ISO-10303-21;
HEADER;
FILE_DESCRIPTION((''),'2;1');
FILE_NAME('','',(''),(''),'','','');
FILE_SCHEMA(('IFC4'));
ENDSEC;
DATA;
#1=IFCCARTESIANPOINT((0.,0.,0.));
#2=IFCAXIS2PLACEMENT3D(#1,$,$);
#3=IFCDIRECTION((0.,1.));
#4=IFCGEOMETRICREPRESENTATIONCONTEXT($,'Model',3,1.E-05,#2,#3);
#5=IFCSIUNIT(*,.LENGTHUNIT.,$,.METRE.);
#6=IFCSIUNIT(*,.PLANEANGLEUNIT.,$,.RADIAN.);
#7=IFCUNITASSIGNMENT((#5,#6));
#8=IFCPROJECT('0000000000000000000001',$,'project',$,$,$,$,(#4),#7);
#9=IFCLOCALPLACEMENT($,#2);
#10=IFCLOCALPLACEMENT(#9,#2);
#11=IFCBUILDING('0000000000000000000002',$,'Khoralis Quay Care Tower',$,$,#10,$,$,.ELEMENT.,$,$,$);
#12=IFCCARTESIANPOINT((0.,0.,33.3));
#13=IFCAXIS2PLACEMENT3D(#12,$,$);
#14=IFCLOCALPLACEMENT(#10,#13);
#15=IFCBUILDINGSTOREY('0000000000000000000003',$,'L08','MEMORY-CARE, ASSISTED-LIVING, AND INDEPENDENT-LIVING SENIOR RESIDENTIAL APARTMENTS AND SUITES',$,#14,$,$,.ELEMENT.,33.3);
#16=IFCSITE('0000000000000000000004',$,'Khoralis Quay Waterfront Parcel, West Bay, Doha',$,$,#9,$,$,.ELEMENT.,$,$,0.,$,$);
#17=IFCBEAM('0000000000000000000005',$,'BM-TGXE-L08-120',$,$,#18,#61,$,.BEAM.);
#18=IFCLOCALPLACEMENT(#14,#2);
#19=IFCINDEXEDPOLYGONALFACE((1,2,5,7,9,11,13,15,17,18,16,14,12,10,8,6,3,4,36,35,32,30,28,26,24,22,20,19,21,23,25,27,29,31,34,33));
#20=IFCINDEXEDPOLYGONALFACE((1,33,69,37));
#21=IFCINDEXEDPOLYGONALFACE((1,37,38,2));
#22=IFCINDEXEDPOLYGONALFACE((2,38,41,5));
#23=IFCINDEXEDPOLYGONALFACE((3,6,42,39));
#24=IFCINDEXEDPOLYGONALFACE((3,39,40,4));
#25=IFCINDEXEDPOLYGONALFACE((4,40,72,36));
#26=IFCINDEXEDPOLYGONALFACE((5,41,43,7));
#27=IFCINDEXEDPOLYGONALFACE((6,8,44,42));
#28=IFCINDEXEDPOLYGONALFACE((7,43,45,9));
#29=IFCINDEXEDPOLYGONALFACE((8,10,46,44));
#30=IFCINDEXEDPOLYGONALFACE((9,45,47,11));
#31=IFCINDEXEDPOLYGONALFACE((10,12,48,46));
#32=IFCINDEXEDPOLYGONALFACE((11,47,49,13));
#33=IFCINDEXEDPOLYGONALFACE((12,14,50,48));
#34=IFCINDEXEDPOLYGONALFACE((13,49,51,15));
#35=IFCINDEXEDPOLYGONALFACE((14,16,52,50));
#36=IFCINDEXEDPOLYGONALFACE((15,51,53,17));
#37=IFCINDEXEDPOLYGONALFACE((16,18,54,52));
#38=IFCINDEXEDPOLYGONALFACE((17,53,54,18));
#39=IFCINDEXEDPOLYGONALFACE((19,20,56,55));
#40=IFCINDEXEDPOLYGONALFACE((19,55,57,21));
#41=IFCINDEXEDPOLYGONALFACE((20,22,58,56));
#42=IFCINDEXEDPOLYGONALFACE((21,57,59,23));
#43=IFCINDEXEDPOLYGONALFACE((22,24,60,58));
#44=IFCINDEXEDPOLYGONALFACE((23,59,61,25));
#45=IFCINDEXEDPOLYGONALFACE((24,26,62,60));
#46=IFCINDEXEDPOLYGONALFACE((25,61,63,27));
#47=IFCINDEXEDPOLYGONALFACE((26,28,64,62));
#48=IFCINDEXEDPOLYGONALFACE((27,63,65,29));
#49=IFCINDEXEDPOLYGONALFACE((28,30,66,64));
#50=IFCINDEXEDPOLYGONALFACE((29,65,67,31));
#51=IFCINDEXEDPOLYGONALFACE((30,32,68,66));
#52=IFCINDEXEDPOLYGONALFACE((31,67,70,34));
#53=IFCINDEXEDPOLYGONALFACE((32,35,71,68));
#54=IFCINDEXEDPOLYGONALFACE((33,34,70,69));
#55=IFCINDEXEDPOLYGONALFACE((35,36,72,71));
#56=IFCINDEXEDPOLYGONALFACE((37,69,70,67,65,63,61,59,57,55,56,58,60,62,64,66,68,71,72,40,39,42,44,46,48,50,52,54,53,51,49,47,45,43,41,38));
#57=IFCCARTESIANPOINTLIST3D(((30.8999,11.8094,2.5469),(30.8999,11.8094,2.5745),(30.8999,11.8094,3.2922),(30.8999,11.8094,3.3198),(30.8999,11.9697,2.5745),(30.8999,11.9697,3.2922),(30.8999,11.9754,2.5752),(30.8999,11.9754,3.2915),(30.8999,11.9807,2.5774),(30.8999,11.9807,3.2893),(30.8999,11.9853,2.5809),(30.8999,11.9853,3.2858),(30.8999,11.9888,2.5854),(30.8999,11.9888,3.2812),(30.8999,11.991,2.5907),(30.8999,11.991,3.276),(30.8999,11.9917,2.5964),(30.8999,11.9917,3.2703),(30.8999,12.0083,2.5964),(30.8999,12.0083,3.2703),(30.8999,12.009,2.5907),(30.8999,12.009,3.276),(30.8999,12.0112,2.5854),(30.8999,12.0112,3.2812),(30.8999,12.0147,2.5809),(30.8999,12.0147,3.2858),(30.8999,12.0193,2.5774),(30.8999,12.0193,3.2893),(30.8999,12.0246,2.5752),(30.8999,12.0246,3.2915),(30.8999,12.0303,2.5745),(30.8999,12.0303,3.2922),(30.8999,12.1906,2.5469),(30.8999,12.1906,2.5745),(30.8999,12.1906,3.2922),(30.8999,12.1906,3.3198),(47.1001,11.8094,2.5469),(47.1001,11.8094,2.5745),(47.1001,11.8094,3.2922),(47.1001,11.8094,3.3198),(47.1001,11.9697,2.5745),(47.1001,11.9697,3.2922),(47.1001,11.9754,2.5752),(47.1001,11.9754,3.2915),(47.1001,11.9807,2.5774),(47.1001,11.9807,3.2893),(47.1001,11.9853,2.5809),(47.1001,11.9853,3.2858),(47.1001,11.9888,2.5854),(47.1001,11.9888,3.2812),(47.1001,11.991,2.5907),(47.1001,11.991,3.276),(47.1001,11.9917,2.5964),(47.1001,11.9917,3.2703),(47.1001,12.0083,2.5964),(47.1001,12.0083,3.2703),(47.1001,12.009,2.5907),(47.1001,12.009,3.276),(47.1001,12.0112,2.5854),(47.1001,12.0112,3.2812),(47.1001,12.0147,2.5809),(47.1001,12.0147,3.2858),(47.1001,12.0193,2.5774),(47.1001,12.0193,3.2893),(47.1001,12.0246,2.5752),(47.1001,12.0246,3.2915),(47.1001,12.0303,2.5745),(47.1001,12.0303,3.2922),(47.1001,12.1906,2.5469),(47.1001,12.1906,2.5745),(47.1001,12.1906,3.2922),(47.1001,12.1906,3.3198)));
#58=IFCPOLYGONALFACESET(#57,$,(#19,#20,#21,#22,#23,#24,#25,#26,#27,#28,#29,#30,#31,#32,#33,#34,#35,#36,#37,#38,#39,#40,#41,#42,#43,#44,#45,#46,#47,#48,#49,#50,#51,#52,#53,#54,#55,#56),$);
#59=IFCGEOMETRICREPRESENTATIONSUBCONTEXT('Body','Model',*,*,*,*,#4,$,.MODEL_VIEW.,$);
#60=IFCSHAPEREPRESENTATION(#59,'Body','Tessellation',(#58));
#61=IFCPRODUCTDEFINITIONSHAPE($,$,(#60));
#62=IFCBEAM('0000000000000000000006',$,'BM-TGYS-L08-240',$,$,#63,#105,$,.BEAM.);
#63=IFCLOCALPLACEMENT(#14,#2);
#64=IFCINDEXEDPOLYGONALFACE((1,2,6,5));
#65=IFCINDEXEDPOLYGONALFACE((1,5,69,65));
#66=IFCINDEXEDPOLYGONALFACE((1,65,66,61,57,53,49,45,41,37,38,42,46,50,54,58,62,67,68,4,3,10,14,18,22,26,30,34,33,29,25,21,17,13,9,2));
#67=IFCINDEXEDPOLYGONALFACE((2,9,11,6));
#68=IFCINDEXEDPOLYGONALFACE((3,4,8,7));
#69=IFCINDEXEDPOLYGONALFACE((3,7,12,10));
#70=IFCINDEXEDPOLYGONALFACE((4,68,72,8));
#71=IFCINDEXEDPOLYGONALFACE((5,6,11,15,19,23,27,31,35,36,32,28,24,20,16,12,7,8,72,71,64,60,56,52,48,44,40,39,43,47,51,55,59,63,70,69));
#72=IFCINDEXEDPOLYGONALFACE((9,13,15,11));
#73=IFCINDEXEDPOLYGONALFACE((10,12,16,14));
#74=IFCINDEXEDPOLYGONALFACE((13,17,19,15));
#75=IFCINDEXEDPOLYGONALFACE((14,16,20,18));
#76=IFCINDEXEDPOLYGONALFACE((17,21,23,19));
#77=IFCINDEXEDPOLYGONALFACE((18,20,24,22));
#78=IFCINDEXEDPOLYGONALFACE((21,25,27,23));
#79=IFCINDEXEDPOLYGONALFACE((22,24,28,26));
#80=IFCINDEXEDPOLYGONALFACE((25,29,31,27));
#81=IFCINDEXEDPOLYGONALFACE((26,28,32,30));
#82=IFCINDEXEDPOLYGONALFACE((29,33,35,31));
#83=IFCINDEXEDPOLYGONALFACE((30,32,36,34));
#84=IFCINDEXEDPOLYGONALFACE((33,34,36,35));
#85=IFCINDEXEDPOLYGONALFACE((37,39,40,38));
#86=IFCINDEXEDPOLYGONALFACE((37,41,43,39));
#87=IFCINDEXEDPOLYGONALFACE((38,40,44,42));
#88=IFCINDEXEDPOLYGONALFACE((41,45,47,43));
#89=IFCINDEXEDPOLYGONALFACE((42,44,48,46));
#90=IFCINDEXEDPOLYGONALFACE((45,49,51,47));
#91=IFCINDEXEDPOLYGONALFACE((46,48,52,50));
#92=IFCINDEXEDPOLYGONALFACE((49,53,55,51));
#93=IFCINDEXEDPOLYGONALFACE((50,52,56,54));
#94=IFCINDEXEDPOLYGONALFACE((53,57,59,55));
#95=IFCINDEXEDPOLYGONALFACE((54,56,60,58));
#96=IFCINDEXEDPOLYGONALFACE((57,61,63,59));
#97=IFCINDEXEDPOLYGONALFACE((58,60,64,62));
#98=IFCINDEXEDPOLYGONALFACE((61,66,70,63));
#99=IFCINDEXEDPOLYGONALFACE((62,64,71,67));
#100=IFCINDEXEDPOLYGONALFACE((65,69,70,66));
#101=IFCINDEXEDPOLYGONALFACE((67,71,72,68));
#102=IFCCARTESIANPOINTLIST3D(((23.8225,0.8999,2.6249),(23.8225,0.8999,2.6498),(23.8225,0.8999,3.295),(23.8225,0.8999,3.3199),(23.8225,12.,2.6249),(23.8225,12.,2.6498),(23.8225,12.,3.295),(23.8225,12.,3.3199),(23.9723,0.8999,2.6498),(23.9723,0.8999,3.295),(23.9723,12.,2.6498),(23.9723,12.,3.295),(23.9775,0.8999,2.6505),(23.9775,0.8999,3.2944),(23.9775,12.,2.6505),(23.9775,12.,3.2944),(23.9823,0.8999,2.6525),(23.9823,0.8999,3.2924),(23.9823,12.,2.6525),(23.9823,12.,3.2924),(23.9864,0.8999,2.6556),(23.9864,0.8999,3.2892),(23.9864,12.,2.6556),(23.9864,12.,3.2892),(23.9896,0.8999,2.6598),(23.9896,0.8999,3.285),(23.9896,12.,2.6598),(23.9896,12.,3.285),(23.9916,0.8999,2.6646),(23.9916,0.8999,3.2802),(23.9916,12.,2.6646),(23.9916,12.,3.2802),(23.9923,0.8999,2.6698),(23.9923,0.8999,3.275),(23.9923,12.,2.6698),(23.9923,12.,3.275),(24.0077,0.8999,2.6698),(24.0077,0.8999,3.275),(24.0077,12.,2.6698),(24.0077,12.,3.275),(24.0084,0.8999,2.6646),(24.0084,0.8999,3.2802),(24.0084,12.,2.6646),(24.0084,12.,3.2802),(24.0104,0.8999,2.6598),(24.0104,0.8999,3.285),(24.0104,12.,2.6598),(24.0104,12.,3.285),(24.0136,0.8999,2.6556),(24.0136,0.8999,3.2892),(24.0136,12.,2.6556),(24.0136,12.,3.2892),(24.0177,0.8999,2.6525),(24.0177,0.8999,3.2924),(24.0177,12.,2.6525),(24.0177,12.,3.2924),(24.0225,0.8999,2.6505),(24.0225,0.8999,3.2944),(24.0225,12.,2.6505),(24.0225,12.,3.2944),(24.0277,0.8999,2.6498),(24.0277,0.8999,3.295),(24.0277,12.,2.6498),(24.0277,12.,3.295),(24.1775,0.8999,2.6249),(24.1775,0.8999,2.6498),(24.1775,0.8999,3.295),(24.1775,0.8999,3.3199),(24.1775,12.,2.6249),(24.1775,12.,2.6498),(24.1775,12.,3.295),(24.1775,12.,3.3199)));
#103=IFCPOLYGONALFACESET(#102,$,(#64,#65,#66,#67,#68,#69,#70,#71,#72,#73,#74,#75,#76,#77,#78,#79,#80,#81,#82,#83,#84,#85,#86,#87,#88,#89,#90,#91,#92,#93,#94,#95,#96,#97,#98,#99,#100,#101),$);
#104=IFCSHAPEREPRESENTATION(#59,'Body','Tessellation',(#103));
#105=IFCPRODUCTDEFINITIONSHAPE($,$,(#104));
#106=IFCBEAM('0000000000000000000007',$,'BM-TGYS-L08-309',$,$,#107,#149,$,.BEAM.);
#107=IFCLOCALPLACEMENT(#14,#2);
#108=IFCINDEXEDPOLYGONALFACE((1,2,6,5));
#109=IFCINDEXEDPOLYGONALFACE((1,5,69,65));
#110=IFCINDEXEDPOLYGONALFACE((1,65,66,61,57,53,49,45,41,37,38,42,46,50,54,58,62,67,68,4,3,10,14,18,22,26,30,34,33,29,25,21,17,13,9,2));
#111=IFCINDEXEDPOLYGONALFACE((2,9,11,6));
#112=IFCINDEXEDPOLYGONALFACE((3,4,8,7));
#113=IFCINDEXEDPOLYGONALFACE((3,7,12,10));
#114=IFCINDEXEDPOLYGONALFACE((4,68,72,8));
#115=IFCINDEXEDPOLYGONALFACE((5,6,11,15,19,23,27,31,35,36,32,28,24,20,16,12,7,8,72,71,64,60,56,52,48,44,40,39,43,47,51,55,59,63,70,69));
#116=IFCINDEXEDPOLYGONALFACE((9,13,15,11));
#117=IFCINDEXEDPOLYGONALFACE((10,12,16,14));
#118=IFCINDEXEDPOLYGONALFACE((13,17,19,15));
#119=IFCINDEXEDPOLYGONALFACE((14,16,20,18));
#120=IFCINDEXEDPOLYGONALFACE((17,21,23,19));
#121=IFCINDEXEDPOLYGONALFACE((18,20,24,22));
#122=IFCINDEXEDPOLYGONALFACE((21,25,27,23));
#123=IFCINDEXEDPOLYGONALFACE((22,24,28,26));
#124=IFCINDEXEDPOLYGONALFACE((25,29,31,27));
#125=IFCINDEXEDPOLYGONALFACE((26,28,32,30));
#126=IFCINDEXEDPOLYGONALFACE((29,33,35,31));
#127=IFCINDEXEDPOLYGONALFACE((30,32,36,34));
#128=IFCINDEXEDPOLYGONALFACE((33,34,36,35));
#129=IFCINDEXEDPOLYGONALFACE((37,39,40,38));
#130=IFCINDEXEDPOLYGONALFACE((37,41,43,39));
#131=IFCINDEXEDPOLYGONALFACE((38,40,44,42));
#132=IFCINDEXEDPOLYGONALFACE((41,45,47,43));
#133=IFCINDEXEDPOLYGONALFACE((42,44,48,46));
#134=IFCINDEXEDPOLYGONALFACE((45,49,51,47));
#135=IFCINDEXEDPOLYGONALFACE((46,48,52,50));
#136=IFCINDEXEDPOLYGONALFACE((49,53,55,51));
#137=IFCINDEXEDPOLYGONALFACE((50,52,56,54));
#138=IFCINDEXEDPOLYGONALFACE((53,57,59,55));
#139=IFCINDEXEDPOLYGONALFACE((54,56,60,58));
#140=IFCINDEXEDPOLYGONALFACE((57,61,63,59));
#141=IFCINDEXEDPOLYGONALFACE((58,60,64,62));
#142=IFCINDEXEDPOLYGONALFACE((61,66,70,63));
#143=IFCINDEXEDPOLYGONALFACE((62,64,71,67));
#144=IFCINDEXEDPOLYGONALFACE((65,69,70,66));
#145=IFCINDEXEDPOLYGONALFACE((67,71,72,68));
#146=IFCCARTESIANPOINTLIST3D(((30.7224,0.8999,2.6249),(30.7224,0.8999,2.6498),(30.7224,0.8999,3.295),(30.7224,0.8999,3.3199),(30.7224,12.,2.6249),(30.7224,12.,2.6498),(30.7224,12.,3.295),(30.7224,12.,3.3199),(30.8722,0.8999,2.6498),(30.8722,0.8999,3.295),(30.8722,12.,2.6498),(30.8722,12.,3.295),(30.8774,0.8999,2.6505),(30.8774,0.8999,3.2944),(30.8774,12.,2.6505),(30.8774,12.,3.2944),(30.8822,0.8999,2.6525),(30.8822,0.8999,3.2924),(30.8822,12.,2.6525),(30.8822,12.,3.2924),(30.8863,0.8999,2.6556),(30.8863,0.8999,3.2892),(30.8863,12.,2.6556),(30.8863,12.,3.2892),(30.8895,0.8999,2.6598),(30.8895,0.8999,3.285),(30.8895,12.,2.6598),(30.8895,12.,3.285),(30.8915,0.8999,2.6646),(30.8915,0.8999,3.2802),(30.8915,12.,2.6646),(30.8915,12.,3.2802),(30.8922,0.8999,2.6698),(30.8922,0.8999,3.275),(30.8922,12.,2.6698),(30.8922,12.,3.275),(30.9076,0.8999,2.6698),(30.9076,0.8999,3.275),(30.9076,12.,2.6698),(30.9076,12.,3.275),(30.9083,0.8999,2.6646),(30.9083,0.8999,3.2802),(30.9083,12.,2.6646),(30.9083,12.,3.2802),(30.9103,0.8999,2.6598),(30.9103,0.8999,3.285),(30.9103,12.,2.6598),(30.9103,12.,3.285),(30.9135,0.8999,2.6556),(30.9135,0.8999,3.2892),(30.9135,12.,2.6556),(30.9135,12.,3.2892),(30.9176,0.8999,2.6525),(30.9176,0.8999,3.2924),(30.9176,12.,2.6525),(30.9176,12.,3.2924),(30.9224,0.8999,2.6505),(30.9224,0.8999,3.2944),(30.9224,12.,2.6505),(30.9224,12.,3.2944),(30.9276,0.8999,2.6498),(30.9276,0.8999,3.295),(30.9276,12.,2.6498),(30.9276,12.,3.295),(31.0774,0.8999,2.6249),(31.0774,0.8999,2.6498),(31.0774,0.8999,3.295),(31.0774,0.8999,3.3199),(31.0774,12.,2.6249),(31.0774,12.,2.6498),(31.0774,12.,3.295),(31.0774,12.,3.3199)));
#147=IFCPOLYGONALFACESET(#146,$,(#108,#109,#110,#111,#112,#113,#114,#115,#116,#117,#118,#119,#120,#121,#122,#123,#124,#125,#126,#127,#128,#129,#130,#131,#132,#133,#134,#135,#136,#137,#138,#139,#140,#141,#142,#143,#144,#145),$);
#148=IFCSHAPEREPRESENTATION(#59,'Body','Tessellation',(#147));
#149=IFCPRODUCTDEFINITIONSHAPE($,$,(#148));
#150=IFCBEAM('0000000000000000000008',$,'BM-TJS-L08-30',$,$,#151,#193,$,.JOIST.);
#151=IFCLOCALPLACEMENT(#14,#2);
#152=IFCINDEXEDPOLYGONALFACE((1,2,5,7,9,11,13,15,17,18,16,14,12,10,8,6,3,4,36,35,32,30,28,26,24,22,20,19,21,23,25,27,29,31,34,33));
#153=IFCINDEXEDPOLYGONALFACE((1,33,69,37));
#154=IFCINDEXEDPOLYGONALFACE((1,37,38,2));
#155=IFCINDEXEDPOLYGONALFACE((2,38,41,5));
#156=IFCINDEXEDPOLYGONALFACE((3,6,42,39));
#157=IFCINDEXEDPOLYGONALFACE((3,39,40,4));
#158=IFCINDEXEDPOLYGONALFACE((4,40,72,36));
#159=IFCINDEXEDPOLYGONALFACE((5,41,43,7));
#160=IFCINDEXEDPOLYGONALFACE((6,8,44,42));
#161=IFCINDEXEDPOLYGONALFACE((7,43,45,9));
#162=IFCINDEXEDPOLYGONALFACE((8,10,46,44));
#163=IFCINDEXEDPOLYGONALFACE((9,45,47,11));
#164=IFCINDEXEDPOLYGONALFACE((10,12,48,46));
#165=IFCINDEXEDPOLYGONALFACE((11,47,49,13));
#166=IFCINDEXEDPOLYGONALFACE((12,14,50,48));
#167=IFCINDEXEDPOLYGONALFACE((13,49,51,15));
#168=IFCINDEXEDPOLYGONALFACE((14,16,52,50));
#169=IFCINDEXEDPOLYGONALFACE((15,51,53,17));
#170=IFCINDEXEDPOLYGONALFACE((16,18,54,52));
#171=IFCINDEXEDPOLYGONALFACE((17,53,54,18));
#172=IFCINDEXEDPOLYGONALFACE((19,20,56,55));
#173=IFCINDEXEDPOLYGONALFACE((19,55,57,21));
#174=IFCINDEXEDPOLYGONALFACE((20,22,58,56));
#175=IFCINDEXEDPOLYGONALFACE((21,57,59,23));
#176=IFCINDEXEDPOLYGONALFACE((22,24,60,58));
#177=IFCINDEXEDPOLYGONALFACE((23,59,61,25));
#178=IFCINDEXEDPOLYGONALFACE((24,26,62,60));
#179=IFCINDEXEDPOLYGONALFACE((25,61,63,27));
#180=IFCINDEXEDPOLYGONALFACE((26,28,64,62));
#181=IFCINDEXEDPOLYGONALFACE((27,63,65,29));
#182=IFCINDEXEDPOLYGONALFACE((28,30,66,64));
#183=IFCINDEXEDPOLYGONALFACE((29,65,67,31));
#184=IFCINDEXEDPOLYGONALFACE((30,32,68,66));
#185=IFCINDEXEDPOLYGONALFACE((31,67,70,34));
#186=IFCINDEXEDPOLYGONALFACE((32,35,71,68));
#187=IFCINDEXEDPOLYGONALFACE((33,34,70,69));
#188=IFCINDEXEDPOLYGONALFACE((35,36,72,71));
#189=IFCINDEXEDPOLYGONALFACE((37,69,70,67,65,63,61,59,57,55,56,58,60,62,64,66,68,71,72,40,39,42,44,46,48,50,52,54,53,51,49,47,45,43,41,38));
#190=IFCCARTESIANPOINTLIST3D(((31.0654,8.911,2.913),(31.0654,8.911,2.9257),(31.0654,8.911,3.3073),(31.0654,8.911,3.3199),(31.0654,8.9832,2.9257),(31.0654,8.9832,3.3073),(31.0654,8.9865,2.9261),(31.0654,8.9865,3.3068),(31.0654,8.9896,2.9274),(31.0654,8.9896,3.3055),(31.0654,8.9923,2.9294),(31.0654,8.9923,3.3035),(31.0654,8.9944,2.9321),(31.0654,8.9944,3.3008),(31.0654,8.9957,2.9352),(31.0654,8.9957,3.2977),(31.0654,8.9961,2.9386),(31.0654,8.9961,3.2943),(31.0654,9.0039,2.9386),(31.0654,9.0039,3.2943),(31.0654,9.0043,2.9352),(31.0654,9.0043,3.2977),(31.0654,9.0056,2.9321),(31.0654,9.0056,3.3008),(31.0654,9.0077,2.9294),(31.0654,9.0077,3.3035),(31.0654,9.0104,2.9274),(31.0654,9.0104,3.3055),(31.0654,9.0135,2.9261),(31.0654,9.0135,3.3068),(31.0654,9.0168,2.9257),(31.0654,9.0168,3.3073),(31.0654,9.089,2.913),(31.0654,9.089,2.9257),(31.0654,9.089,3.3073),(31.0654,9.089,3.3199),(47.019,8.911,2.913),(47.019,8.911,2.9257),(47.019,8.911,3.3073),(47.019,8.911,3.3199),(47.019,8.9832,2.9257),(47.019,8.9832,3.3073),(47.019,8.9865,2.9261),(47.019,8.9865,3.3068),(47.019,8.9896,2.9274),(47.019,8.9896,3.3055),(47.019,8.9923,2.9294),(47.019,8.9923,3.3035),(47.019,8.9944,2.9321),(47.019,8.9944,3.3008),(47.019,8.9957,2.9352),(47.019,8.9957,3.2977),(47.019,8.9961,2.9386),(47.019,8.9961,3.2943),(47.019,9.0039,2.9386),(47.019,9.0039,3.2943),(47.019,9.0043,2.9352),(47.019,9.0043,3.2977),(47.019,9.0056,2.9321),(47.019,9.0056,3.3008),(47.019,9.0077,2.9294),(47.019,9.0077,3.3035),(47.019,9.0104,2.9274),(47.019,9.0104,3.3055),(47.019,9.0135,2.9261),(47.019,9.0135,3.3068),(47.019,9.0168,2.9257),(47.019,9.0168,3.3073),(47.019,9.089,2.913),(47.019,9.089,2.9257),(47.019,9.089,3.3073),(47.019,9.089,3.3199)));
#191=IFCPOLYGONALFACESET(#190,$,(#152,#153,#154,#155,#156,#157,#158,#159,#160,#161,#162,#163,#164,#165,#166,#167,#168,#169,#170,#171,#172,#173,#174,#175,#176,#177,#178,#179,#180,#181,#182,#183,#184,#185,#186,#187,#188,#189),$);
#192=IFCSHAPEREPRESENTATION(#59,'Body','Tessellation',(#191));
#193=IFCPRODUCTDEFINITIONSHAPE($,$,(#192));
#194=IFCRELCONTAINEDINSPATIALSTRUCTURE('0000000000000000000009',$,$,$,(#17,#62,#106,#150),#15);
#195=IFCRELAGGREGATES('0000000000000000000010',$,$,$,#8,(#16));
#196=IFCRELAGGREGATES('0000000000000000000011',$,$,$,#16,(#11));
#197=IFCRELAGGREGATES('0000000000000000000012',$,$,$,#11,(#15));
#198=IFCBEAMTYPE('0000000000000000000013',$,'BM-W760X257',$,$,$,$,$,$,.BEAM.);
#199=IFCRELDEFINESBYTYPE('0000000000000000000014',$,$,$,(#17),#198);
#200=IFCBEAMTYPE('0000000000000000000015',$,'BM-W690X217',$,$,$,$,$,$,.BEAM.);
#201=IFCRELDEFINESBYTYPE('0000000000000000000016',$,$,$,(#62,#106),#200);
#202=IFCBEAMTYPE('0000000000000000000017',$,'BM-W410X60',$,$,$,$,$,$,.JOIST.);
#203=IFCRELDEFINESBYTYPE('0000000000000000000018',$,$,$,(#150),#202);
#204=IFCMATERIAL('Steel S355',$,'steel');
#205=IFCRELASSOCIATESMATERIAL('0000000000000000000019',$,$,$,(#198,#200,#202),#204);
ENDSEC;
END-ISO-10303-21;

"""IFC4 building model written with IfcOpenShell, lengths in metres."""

from ifc_helpers import new_model, si_unit, direction, frame, origin, origin_2d, place, context, subcontext, project, spatial, i_section, extrude, source, transform, mapped, material, material_profile, profile_set, type_object, element, save


model = new_model("IFC4")

# Units and contexts
model_context = context("Model", 3, precision=1e-05, world=origin(), true_north=direction((0.0, 1.0)))
body_context = subcontext(model_context, "Body", "Model", "MODEL_VIEW")
ifc_project = project(units=[si_unit("LENGTHUNIT", "METRE"), si_unit("PLANEANGLEUNIT", "RADIAN")], contexts=[model_context])

# Site, building, storey
site_placement = place(None, origin())
site = spatial("IfcSite", under=ifc_project, at=site_placement, Name="Khoralis Quay Waterfront Parcel, West Bay, Doha", CompositionType="ELEMENT", RefElevation=0.0)
building_placement = place(site_placement, origin())
building = spatial("IfcBuilding", under=site, at=building_placement, Name="Khoralis Quay Care Tower", CompositionType="ELEMENT")
storey_placement = place(building_placement, frame((0.0, 0.0, 33.3)))
storey = spatial("IfcBuildingStorey", under=building, at=storey_placement, Name="L08", Description="MEMORY-CARE, ASSISTED-LIVING, AND INDEPENDENT-LIVING SENIOR RESIDENTIAL APARTMENTS AND SUITES", CompositionType="ELEMENT", Elevation=33.3)

# Beams
ifc_material_1 = material(Name="Steel S355", Category="steel")
ifc_material_profile_1 = material_profile(ifc_material_1, i_section(OverallWidth=0.3811, OverallDepth=0.7729, WebThickness=0.0166, FlangeThickness=0.0276, FilletRadius=0.022, at=origin_2d()), Name="Steel S355")
ifc_profile_set_1 = profile_set([ifc_material_profile_1], Name="Steel S355")
beam_type_1 = type_object("IfcBeamType", Name="BM-W760X257", PredefinedType="BEAM", material=ifc_profile_set_1)
shared_shape_1 = source(origin(), body_context, "Body", "SweptSolid", [
    extrude(i_section(OverallWidth=0.3811, OverallDepth=0.7729, WebThickness=0.0166, FlangeThickness=0.0276, FilletRadius=0.022, at=origin_2d()), origin(), (0.0, 0.0, 1.0), 16.2002),
])
beam_1_placement = place(storey_placement, frame((30.8999, 12.0, 2.9333), z_axis=(1.0, 0.0, 0.0), x_axis=(0.0, 1.0, 0.0)))
element("IfcBeam", 1, at=beam_1_placement, inside=storey, type_object=beam_type_1, Name="BM-TGXE-L08-120", PredefinedType="BEAM", context=body_context, shape_type="MappedRepresentation", body=[
    mapped(shared_shape_1, transform((0.0, 0.0, 0.0), scale=1.0)),
])
ifc_material_profile_2 = material_profile(ifc_material_1, i_section(OverallWidth=0.355, OverallDepth=0.6951, WebThickness=0.0154, FlangeThickness=0.0249, FilletRadius=0.02, at=origin_2d()), Name="Steel S355")
ifc_profile_set_2 = profile_set([ifc_material_profile_2], Name="Steel S355")
beam_type_2 = type_object("IfcBeamType", Name="BM-W690X217", PredefinedType="BEAM", material=ifc_profile_set_2)
shared_shape_2 = source(origin(), body_context, "Body", "SweptSolid", [
    extrude(i_section(OverallWidth=0.355, OverallDepth=0.6951, WebThickness=0.0154, FlangeThickness=0.0249, FilletRadius=0.02, at=origin_2d()), origin(), (0.0, 0.0, 1.0), 11.1001),
])
for number, where, z_axis, x_axis, name in (
    (2, (24.0, 0.8999, 2.9724), (0.0, 1.0, 0.0), (-1.0, 0.0, 0.0), "BM-TGYS-L08-240"),
    (3, (30.8999, 0.8999, 2.9724), (0.0, 1.0, 0.0), (-1.0, 0.0, 0.0), "BM-TGYS-L08-309"),
):
    element("IfcBeam", number, at=place(storey_placement, frame(where, z_axis=z_axis, x_axis=x_axis)), inside=storey, type_object=beam_type_2, Name=name, PredefinedType="BEAM", context=body_context, shape_type="MappedRepresentation", body=[
        mapped(shared_shape_2, transform((0.0, 0.0, 0.0), scale=1.0)),
    ])
ifc_material_profile_3 = material_profile(ifc_material_1, i_section(OverallWidth=0.178, OverallDepth=0.407, WebThickness=0.0078, FlangeThickness=0.0127, FilletRadius=0.0129, at=origin_2d()), Name="Steel S355")
ifc_profile_set_3 = profile_set([ifc_material_profile_3], Name="Steel S355")
beam_type_3 = type_object("IfcBeamType", Name="BM-W410X60", PredefinedType="JOIST", material=ifc_profile_set_3)
shared_shape_3 = source(origin(), body_context, "Body", "SweptSolid", [
    extrude(i_section(OverallWidth=0.178, OverallDepth=0.407, WebThickness=0.0078, FlangeThickness=0.0127, FilletRadius=0.0129, at=origin_2d()), origin(), (0.0, 0.0, 1.0), 15.9536),
])
beam_2_placement = place(storey_placement, frame((31.0654, 9.0, 3.1165), z_axis=(1.0, 0.0, 0.0), x_axis=(0.0, 1.0, 0.0)))
element("IfcBeam", 4, at=beam_2_placement, inside=storey, type_object=beam_type_3, Name="BM-TJS-L08-30", PredefinedType="JOIST", context=body_context, shape_type="MappedRepresentation", body=[
    mapped(shared_shape_3, transform((0.0, 0.0, 0.0), scale=1.0)),
])

save(model, "model.ifc")
